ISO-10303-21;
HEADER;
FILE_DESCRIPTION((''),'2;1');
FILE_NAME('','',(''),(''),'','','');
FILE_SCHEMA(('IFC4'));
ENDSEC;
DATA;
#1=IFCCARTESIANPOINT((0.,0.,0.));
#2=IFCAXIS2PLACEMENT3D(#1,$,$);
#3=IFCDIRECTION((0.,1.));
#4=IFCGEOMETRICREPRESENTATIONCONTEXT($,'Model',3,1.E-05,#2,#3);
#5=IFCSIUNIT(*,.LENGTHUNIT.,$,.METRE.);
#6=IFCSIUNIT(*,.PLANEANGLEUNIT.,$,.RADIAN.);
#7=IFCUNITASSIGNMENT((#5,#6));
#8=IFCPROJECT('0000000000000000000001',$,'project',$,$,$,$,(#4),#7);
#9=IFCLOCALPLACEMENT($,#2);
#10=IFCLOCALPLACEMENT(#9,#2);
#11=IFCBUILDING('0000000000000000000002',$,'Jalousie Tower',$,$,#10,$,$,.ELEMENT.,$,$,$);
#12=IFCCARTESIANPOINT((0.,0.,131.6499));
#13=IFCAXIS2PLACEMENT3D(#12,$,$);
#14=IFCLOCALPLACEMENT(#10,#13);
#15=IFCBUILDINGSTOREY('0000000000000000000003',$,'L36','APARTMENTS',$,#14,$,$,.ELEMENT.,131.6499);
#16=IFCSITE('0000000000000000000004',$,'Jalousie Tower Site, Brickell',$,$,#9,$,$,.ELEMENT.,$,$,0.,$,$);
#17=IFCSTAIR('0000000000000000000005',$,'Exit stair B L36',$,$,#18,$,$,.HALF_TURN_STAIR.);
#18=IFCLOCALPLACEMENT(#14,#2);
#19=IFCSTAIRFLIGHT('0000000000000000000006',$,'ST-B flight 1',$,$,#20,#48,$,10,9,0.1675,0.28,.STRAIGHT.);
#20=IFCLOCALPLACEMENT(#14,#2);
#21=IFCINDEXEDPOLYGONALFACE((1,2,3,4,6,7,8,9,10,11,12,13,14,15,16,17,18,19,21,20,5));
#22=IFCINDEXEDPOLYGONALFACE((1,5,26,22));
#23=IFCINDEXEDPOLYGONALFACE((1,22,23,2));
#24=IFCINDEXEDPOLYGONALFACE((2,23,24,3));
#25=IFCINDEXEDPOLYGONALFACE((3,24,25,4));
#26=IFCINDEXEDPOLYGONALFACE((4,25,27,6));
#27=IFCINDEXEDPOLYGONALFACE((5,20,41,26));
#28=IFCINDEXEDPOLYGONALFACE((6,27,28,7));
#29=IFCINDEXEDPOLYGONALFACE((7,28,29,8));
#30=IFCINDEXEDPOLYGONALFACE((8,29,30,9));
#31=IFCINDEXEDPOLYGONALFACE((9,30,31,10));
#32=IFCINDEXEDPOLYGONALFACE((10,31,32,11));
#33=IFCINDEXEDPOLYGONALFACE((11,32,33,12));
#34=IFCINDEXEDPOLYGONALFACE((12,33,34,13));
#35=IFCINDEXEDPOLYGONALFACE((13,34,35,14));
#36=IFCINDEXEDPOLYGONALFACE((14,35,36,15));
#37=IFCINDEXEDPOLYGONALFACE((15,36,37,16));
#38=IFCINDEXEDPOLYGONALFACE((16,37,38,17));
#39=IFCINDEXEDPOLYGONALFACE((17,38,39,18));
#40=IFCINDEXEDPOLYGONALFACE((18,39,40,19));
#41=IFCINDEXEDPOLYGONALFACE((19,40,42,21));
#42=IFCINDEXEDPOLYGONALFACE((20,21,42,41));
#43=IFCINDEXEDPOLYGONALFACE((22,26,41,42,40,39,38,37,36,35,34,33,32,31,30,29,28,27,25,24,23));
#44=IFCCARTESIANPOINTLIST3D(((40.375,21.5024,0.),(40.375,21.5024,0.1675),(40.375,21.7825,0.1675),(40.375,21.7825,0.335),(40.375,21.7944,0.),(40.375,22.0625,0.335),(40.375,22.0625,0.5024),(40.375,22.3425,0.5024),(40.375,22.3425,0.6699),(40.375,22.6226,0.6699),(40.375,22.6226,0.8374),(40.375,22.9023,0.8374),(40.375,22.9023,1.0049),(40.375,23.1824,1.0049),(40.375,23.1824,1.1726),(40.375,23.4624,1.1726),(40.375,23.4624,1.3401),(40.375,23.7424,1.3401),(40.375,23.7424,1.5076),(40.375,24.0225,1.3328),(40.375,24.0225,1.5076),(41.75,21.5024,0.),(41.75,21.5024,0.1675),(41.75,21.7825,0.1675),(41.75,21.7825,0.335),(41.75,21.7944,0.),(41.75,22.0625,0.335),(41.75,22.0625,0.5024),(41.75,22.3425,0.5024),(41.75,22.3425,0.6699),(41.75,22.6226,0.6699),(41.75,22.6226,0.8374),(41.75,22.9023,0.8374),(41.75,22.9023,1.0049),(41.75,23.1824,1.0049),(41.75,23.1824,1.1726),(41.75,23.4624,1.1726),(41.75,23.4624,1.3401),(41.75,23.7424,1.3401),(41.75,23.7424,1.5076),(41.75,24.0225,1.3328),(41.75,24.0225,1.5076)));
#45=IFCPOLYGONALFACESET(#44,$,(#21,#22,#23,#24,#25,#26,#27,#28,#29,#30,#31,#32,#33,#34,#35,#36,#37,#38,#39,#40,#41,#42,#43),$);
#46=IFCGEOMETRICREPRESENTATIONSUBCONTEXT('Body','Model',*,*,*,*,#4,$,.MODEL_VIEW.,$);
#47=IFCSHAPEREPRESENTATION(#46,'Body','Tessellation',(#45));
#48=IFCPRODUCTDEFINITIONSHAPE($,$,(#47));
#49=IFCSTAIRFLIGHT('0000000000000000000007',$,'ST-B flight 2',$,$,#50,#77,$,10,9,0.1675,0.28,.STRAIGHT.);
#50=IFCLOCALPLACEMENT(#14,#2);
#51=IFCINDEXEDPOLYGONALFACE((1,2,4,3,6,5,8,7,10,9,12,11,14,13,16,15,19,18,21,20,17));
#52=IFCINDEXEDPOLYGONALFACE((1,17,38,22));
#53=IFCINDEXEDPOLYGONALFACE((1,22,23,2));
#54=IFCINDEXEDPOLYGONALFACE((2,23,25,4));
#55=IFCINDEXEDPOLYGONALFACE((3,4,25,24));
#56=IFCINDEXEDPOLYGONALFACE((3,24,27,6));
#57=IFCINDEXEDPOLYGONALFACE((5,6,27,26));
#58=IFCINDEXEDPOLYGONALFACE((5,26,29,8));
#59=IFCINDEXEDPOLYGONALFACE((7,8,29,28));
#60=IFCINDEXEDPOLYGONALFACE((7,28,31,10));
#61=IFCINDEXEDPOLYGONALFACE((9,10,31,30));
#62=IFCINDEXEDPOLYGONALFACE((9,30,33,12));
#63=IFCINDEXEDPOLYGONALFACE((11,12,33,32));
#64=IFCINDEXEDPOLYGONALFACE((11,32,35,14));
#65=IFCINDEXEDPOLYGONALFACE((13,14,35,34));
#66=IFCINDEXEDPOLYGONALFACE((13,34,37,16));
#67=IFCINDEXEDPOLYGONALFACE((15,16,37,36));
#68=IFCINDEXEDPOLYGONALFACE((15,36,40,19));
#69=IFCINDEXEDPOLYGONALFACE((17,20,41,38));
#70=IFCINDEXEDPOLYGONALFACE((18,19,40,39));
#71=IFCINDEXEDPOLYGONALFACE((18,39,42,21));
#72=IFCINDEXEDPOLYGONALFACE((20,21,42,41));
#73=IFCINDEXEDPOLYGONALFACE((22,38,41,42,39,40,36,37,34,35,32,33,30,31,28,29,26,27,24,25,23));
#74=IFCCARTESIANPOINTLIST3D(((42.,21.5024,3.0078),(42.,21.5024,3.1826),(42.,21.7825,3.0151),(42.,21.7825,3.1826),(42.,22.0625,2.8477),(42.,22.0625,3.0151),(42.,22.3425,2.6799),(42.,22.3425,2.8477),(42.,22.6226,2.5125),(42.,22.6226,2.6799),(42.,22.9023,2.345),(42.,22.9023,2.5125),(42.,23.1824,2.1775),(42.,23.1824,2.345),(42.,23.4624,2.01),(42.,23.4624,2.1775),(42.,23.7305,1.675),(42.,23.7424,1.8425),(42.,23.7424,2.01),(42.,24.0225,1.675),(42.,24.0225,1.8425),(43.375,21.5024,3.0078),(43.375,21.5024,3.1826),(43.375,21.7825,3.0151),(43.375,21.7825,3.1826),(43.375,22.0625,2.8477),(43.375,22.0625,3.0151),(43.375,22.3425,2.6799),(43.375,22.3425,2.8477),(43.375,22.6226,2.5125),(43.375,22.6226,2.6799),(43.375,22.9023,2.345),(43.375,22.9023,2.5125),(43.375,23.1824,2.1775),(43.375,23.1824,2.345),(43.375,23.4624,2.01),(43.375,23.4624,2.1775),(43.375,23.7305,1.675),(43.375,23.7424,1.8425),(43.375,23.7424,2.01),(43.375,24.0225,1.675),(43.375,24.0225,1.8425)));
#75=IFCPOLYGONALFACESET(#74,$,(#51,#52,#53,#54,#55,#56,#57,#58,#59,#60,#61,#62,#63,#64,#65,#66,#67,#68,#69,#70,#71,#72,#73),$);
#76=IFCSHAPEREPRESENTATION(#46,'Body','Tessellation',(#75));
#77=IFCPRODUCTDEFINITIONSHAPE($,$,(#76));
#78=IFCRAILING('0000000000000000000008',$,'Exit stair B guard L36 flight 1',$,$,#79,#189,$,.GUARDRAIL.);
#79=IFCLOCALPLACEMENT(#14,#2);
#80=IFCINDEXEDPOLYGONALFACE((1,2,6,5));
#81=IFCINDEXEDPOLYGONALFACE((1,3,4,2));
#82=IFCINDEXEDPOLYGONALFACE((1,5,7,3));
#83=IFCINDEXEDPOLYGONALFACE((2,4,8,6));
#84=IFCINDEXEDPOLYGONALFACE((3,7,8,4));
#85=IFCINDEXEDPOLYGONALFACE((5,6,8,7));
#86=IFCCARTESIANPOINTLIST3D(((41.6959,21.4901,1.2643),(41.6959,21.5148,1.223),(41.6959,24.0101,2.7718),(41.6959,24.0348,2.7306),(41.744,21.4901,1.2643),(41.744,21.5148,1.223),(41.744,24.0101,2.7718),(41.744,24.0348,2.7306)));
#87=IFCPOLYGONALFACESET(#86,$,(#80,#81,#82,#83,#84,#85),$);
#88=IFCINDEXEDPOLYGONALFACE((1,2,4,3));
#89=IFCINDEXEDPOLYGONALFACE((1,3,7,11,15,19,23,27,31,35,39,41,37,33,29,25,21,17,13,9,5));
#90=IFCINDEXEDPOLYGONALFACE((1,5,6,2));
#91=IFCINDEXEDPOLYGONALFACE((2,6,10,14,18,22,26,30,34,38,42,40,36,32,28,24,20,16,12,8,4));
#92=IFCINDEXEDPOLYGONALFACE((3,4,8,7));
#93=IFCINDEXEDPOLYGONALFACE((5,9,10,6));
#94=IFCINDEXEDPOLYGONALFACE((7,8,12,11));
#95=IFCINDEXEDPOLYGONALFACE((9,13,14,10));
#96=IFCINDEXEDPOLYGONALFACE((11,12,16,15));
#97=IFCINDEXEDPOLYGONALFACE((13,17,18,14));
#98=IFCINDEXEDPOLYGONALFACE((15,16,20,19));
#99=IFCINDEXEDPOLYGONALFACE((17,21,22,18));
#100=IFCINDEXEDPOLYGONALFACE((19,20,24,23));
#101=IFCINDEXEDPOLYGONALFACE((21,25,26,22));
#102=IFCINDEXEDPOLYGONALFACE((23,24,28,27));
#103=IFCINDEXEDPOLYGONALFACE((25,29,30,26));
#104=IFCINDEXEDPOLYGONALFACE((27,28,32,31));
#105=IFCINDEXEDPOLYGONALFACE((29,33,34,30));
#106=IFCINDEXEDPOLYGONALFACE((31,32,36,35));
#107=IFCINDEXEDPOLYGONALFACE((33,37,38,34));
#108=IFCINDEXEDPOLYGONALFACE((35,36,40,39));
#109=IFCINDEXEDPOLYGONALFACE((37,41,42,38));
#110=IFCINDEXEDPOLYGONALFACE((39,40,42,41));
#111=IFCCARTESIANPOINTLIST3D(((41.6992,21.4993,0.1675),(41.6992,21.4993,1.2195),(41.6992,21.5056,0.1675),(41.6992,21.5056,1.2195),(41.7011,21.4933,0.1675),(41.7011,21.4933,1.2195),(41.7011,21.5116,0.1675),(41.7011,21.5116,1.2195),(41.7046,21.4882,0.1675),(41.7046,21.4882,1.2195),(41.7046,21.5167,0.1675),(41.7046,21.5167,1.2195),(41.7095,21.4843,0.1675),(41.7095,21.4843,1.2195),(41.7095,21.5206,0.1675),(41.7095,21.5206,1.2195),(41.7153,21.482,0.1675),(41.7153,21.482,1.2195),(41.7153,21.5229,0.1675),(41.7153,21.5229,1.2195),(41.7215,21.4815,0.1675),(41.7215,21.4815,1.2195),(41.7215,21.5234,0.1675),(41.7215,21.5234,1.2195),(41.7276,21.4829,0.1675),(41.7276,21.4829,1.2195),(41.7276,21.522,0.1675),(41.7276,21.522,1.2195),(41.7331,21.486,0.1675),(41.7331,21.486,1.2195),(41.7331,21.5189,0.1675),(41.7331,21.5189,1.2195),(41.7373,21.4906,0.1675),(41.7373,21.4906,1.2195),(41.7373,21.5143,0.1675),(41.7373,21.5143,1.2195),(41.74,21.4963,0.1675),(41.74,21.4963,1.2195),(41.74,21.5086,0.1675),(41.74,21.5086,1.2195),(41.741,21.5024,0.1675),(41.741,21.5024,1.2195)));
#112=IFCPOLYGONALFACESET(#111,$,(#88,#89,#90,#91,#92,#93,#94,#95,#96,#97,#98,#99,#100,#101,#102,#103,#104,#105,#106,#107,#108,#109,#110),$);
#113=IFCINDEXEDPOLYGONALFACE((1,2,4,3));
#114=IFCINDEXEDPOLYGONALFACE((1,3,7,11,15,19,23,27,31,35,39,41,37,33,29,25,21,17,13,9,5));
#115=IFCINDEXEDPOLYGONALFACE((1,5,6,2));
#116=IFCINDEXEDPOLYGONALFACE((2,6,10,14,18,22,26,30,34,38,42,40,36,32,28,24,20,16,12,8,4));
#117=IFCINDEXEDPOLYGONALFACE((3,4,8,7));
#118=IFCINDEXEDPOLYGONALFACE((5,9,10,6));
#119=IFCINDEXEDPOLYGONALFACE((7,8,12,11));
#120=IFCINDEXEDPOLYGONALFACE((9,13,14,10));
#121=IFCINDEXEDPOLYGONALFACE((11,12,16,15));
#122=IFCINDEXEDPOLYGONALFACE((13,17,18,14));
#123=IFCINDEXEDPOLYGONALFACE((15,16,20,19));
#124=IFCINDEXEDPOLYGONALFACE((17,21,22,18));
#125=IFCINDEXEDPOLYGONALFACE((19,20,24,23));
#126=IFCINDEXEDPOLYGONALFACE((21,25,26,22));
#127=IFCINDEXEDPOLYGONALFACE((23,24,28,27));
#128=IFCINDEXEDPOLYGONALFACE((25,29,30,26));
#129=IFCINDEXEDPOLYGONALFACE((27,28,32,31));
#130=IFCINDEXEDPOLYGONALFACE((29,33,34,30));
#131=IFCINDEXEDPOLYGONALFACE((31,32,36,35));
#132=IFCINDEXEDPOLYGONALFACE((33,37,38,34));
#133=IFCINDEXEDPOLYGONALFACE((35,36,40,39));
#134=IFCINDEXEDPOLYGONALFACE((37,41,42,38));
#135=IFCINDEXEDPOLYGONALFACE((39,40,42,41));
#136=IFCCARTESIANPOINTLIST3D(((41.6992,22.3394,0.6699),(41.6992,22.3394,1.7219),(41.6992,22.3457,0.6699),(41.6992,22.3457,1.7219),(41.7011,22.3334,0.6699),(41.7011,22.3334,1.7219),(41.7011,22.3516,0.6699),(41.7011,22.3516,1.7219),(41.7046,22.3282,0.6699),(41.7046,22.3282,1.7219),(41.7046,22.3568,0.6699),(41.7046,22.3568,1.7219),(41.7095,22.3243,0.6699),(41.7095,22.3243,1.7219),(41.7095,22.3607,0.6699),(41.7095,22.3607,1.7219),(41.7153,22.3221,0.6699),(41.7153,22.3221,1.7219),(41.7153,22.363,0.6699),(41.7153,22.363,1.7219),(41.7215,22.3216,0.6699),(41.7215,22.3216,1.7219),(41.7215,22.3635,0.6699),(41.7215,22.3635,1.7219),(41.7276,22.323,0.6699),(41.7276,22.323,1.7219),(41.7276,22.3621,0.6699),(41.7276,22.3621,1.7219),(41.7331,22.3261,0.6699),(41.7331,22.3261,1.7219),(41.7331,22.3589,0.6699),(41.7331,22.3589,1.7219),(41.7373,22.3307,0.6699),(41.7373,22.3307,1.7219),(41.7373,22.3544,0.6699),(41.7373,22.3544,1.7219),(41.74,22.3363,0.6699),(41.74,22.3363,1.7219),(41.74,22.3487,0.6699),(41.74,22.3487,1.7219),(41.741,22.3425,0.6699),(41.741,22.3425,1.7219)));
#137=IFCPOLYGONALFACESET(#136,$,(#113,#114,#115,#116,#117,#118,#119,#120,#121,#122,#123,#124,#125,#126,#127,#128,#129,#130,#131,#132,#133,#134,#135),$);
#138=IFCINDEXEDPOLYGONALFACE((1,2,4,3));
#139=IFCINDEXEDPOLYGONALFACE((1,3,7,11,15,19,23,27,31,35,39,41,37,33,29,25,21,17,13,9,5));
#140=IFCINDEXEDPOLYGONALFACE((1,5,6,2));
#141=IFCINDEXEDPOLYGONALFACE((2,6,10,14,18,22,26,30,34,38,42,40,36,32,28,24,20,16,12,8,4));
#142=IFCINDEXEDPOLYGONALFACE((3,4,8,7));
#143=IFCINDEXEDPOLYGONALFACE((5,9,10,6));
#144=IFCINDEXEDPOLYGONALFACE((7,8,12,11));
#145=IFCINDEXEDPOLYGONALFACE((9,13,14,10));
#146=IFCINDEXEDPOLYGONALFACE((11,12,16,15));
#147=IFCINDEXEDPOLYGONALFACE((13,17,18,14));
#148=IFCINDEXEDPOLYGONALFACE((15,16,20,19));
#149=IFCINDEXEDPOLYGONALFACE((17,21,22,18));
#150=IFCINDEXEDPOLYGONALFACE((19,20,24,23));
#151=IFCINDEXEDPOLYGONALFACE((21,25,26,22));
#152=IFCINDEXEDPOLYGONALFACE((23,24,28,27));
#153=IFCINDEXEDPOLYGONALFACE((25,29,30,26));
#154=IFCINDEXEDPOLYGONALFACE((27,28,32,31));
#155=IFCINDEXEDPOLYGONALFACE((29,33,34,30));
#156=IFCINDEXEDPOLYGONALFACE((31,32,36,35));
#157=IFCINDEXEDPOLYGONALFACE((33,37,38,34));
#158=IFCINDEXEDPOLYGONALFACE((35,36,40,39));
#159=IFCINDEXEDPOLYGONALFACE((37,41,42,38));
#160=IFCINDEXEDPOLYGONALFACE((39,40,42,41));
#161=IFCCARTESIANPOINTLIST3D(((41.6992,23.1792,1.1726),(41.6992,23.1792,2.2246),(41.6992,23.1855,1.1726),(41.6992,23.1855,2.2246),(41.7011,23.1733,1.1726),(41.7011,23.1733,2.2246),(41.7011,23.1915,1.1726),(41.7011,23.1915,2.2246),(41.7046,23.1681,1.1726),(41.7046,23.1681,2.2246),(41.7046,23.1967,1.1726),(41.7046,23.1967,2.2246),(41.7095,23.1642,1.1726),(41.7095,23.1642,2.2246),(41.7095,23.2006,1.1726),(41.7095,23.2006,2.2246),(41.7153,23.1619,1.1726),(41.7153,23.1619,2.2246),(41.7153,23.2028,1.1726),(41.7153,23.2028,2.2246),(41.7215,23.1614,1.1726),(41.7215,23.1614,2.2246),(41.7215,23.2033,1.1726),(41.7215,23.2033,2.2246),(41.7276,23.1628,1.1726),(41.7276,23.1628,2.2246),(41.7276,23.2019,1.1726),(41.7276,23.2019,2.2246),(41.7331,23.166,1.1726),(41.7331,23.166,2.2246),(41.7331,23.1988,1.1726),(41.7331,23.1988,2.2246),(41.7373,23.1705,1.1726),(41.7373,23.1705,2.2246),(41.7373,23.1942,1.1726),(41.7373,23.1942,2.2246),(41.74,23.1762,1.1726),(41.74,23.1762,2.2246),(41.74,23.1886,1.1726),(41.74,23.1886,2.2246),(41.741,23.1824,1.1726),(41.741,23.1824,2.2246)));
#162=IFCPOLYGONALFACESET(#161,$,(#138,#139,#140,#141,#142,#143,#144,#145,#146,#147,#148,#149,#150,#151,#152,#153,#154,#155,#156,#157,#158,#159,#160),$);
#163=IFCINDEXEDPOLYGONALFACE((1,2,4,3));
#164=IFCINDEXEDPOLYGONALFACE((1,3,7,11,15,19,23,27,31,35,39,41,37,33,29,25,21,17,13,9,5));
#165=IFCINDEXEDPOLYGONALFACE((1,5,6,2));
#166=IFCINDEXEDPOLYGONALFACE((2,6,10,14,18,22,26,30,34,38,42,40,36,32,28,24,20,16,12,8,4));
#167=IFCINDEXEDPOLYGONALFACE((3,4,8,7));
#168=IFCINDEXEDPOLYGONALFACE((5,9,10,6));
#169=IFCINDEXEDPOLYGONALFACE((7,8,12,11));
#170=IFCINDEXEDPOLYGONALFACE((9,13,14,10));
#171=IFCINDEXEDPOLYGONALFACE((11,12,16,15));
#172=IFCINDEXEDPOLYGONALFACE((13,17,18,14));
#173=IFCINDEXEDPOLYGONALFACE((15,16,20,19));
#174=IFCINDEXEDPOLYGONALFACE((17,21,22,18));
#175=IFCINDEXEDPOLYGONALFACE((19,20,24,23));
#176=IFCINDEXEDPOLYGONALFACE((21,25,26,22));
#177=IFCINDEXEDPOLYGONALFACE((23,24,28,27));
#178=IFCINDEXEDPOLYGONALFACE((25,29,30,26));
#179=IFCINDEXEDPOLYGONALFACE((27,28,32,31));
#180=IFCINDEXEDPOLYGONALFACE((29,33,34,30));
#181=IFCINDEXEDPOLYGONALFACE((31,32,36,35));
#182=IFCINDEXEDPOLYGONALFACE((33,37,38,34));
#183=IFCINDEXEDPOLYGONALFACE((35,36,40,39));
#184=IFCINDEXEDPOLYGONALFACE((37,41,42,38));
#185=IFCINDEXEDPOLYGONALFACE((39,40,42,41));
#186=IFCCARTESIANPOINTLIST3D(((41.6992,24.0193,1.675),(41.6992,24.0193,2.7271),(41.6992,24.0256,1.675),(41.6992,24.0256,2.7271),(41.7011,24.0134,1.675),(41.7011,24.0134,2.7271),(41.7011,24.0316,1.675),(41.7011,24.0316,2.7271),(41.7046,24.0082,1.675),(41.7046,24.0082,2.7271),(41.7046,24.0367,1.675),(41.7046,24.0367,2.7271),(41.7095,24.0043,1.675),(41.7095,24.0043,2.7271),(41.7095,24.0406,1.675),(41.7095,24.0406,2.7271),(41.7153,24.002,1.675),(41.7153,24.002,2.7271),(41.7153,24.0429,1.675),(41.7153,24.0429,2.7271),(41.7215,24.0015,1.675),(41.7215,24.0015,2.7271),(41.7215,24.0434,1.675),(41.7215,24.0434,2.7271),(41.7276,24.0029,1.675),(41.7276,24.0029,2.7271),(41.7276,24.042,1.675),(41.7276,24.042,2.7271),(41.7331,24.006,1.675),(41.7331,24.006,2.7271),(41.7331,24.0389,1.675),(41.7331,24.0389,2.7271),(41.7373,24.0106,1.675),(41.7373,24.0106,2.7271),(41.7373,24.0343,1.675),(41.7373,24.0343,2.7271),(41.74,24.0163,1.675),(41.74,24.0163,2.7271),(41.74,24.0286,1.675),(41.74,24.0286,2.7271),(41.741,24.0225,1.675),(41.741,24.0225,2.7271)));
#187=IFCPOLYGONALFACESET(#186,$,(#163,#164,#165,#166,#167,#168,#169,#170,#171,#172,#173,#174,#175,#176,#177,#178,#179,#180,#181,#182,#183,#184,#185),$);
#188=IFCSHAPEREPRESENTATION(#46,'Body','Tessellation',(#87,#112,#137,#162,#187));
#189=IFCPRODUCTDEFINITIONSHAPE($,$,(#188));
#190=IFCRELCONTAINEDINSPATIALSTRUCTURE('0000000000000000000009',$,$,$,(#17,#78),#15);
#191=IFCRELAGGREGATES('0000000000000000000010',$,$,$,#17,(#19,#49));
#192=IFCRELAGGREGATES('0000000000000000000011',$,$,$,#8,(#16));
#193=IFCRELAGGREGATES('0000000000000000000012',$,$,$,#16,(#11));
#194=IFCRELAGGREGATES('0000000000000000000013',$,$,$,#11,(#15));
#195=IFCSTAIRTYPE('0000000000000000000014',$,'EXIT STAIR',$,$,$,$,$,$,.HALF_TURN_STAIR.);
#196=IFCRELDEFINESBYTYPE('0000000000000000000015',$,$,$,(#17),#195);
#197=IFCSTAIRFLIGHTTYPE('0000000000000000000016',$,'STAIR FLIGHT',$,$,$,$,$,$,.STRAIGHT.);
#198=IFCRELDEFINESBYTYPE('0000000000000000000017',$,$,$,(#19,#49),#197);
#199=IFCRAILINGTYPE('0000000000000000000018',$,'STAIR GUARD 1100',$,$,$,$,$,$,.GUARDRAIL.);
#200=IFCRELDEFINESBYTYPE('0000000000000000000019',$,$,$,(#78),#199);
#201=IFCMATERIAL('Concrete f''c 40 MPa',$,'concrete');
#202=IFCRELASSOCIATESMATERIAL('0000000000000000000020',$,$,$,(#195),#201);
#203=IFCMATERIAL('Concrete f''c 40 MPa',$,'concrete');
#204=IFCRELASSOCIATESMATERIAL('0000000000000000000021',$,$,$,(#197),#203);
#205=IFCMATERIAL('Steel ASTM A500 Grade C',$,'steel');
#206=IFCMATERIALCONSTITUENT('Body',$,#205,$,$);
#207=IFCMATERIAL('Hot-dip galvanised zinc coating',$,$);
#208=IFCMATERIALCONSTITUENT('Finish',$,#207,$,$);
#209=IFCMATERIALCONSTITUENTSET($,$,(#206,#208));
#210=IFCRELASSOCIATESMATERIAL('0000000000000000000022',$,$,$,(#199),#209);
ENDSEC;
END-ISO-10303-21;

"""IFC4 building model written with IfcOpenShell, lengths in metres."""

from ifc_helpers import new_model, si_unit, direction, frame, origin, origin_2d, place, context, subcontext, project, spatial, polyline, rectangle, circle, outline, extrude, material, constituent, constituent_set, type_object, element, aggregate, save


model = new_model("IFC4")

# Units and contexts
model_context = context("Model", 3, precision=1e-05, world=origin(), true_north=direction((0.0, 1.0)))
body_context = subcontext(model_context, "Body", "Model", "MODEL_VIEW")
ifc_project = project(units=[si_unit("LENGTHUNIT", "METRE"), si_unit("PLANEANGLEUNIT", "RADIAN")], contexts=[model_context])

# Site, building, storey
site_placement = place(None, origin())
site = spatial("IfcSite", under=ifc_project, at=site_placement, Name="Jalousie Tower Site, Brickell", CompositionType="ELEMENT", RefElevation=0.0)
building_placement = place(site_placement, origin())
building = spatial("IfcBuilding", under=site, at=building_placement, Name="Jalousie Tower", CompositionType="ELEMENT")
storey_placement = place(building_placement, frame((0.0, 0.0, 131.6499)))
storey = spatial("IfcBuildingStorey", under=building, at=storey_placement, Name="L36", Description="APARTMENTS", CompositionType="ELEMENT", Elevation=131.6499)

# Stair, stair flights
ifc_material_1 = material(Name="Concrete f'c 40 MPa", Category="concrete")
stair_type = type_object("IfcStairType", Name="EXIT STAIR", PredefinedType="HALF_TURN_STAIR", material=ifc_material_1)
stair_placement = place(storey_placement, origin())
stair = element("IfcStair", 1, at=stair_placement, inside=storey, type_object=stair_type, Name="Exit stair B L36", PredefinedType="HALF_TURN_STAIR")
ifc_material_2 = material(Name="Concrete f'c 40 MPa", Category="concrete")
stair_flight_type = type_object("IfcStairFlightType", Name="STAIR FLIGHT", PredefinedType="STRAIGHT", material=ifc_material_2)
stair_flight_1_placement = place(storey_placement, frame((41.0625, 21.5024, 0.0), z_axis=(0.0, 0.0, 1.0), x_axis=(0.0, 1.0, 0.0)))
stair_flight_1 = element("IfcStairFlight", 2, at=stair_flight_1_placement, type_object=stair_flight_type, Name="ST-B flight 1", NumberOfRisers=10, NumberOfTreads=9, PredefinedType="STRAIGHT", RiserHeight=0.1675, TreadLength=0.28, context=body_context, shape_type="SweptSolid", body=[
    extrude(outline(polyline([(0.0, 0.0), (0.0, 0.1675), (0.28, 0.1675), (0.28, 0.335), (0.5601, 0.335), (0.5601, 0.5024), (0.8401, 0.5024), (0.8401, 0.6699), (1.1201, 0.6699), (1.1201, 0.8374), (1.3999, 0.8374), (1.3999, 1.0049), (1.6799, 1.0049), (1.6799, 1.1726), (1.96, 1.1726), (1.96, 1.3401), (2.24, 1.3401), (2.24, 1.5076), (2.52, 1.5076), (2.52, 1.675), (2.52, 1.3328), (0.292, 0.0), (0.0, 0.0)])), frame((0.0, 0.6875, 0.0), z_axis=(0.0, -1.0, 0.0), x_axis=(1.0, 0.0, 0.0)), (0.0, 0.0, 1.0), 1.375),
])
stair_flight_2_placement = place(storey_placement, frame((42.6875, 24.0225, 1.675), z_axis=(0.0, 0.0, 1.0), x_axis=(0.0, -1.0, 0.0)))
stair_flight_2 = element("IfcStairFlight", 3, at=stair_flight_2_placement, type_object=stair_flight_type, Name="ST-B flight 2", NumberOfRisers=10, NumberOfTreads=9, PredefinedType="STRAIGHT", RiserHeight=0.1675, TreadLength=0.28, context=body_context, shape_type="SweptSolid", body=[
    extrude(outline(polyline([(0.0, 0.0), (0.0, 0.1675), (0.28, 0.1675), (0.28, 0.335), (0.5601, 0.335), (0.5601, 0.5024), (0.8401, 0.5024), (0.8401, 0.6699), (1.1201, 0.6699), (1.1201, 0.8374), (1.3999, 0.8374), (1.3999, 1.0049), (1.6799, 1.0049), (1.6799, 1.1726), (1.96, 1.1726), (1.96, 1.3401), (2.24, 1.3401), (2.24, 1.5076), (2.52, 1.5076), (2.52, 1.675), (2.52, 1.3328), (0.292, 0.0), (0.0, 0.0)])), frame((0.0, 0.6875, 0.0), z_axis=(0.0, -1.0, 0.0), x_axis=(1.0, 0.0, 0.0)), (0.0, 0.0, 1.0), 1.375),
])
aggregate(stair, [stair_flight_1, stair_flight_2])

# Railing
ifc_material_3 = material(Name="Steel ASTM A500 Grade C", Category="steel")
ifc_constituent_1 = constituent(ifc_material_3, Name="Body")
ifc_material_4 = material(Name="Hot-dip galvanised zinc coating")
ifc_constituent_2 = constituent(ifc_material_4, Name="Finish")
ifc_constituent_set_1 = constituent_set(constituents=[ifc_constituent_1, ifc_constituent_2])
railing_type_1 = type_object("IfcRailingType", Name="STAIR GUARD 1100", PredefinedType="GUARDRAIL", material=ifc_constituent_set_1)
railing_1_placement = place(storey_placement, frame((41.72, 21.5024, 0.1675)))
element("IfcRailing", 4, at=railing_1_placement, inside=storey, type_object=railing_type_1, Name="Exit stair B guard L36 flight 1", PredefinedType="GUARDRAIL", context=body_context, shape_type="SweptSolid", body=[
    extrude(rectangle(XDim=0.0481, YDim=0.0481, at=origin_2d()), frame((0.0, 0.0, 1.0762), z_axis=(0.0, 0.85816, 0.513383), x_axis=(-1.0, 0.0, 0.0)), (0.0, 0.0, 1.0), 2.9365),
    extrude(circle(Radius=0.021, at=origin_2d()), origin(), (0.0, 0.0, 1.0), 1.052),
    extrude(circle(Radius=0.021, at=origin_2d()), frame((0.0, 0.8401, 0.5024)), (0.0, 0.0, 1.0), 1.052),
    extrude(circle(Radius=0.021, at=origin_2d()), frame((0.0, 1.6799, 1.0051)), (0.0, 0.0, 1.0), 1.052),
    extrude(circle(Radius=0.021, at=origin_2d()), frame((0.0, 2.52, 1.5076)), (0.0, 0.0, 1.0), 1.052),
])

save(model, "model.ifc")
